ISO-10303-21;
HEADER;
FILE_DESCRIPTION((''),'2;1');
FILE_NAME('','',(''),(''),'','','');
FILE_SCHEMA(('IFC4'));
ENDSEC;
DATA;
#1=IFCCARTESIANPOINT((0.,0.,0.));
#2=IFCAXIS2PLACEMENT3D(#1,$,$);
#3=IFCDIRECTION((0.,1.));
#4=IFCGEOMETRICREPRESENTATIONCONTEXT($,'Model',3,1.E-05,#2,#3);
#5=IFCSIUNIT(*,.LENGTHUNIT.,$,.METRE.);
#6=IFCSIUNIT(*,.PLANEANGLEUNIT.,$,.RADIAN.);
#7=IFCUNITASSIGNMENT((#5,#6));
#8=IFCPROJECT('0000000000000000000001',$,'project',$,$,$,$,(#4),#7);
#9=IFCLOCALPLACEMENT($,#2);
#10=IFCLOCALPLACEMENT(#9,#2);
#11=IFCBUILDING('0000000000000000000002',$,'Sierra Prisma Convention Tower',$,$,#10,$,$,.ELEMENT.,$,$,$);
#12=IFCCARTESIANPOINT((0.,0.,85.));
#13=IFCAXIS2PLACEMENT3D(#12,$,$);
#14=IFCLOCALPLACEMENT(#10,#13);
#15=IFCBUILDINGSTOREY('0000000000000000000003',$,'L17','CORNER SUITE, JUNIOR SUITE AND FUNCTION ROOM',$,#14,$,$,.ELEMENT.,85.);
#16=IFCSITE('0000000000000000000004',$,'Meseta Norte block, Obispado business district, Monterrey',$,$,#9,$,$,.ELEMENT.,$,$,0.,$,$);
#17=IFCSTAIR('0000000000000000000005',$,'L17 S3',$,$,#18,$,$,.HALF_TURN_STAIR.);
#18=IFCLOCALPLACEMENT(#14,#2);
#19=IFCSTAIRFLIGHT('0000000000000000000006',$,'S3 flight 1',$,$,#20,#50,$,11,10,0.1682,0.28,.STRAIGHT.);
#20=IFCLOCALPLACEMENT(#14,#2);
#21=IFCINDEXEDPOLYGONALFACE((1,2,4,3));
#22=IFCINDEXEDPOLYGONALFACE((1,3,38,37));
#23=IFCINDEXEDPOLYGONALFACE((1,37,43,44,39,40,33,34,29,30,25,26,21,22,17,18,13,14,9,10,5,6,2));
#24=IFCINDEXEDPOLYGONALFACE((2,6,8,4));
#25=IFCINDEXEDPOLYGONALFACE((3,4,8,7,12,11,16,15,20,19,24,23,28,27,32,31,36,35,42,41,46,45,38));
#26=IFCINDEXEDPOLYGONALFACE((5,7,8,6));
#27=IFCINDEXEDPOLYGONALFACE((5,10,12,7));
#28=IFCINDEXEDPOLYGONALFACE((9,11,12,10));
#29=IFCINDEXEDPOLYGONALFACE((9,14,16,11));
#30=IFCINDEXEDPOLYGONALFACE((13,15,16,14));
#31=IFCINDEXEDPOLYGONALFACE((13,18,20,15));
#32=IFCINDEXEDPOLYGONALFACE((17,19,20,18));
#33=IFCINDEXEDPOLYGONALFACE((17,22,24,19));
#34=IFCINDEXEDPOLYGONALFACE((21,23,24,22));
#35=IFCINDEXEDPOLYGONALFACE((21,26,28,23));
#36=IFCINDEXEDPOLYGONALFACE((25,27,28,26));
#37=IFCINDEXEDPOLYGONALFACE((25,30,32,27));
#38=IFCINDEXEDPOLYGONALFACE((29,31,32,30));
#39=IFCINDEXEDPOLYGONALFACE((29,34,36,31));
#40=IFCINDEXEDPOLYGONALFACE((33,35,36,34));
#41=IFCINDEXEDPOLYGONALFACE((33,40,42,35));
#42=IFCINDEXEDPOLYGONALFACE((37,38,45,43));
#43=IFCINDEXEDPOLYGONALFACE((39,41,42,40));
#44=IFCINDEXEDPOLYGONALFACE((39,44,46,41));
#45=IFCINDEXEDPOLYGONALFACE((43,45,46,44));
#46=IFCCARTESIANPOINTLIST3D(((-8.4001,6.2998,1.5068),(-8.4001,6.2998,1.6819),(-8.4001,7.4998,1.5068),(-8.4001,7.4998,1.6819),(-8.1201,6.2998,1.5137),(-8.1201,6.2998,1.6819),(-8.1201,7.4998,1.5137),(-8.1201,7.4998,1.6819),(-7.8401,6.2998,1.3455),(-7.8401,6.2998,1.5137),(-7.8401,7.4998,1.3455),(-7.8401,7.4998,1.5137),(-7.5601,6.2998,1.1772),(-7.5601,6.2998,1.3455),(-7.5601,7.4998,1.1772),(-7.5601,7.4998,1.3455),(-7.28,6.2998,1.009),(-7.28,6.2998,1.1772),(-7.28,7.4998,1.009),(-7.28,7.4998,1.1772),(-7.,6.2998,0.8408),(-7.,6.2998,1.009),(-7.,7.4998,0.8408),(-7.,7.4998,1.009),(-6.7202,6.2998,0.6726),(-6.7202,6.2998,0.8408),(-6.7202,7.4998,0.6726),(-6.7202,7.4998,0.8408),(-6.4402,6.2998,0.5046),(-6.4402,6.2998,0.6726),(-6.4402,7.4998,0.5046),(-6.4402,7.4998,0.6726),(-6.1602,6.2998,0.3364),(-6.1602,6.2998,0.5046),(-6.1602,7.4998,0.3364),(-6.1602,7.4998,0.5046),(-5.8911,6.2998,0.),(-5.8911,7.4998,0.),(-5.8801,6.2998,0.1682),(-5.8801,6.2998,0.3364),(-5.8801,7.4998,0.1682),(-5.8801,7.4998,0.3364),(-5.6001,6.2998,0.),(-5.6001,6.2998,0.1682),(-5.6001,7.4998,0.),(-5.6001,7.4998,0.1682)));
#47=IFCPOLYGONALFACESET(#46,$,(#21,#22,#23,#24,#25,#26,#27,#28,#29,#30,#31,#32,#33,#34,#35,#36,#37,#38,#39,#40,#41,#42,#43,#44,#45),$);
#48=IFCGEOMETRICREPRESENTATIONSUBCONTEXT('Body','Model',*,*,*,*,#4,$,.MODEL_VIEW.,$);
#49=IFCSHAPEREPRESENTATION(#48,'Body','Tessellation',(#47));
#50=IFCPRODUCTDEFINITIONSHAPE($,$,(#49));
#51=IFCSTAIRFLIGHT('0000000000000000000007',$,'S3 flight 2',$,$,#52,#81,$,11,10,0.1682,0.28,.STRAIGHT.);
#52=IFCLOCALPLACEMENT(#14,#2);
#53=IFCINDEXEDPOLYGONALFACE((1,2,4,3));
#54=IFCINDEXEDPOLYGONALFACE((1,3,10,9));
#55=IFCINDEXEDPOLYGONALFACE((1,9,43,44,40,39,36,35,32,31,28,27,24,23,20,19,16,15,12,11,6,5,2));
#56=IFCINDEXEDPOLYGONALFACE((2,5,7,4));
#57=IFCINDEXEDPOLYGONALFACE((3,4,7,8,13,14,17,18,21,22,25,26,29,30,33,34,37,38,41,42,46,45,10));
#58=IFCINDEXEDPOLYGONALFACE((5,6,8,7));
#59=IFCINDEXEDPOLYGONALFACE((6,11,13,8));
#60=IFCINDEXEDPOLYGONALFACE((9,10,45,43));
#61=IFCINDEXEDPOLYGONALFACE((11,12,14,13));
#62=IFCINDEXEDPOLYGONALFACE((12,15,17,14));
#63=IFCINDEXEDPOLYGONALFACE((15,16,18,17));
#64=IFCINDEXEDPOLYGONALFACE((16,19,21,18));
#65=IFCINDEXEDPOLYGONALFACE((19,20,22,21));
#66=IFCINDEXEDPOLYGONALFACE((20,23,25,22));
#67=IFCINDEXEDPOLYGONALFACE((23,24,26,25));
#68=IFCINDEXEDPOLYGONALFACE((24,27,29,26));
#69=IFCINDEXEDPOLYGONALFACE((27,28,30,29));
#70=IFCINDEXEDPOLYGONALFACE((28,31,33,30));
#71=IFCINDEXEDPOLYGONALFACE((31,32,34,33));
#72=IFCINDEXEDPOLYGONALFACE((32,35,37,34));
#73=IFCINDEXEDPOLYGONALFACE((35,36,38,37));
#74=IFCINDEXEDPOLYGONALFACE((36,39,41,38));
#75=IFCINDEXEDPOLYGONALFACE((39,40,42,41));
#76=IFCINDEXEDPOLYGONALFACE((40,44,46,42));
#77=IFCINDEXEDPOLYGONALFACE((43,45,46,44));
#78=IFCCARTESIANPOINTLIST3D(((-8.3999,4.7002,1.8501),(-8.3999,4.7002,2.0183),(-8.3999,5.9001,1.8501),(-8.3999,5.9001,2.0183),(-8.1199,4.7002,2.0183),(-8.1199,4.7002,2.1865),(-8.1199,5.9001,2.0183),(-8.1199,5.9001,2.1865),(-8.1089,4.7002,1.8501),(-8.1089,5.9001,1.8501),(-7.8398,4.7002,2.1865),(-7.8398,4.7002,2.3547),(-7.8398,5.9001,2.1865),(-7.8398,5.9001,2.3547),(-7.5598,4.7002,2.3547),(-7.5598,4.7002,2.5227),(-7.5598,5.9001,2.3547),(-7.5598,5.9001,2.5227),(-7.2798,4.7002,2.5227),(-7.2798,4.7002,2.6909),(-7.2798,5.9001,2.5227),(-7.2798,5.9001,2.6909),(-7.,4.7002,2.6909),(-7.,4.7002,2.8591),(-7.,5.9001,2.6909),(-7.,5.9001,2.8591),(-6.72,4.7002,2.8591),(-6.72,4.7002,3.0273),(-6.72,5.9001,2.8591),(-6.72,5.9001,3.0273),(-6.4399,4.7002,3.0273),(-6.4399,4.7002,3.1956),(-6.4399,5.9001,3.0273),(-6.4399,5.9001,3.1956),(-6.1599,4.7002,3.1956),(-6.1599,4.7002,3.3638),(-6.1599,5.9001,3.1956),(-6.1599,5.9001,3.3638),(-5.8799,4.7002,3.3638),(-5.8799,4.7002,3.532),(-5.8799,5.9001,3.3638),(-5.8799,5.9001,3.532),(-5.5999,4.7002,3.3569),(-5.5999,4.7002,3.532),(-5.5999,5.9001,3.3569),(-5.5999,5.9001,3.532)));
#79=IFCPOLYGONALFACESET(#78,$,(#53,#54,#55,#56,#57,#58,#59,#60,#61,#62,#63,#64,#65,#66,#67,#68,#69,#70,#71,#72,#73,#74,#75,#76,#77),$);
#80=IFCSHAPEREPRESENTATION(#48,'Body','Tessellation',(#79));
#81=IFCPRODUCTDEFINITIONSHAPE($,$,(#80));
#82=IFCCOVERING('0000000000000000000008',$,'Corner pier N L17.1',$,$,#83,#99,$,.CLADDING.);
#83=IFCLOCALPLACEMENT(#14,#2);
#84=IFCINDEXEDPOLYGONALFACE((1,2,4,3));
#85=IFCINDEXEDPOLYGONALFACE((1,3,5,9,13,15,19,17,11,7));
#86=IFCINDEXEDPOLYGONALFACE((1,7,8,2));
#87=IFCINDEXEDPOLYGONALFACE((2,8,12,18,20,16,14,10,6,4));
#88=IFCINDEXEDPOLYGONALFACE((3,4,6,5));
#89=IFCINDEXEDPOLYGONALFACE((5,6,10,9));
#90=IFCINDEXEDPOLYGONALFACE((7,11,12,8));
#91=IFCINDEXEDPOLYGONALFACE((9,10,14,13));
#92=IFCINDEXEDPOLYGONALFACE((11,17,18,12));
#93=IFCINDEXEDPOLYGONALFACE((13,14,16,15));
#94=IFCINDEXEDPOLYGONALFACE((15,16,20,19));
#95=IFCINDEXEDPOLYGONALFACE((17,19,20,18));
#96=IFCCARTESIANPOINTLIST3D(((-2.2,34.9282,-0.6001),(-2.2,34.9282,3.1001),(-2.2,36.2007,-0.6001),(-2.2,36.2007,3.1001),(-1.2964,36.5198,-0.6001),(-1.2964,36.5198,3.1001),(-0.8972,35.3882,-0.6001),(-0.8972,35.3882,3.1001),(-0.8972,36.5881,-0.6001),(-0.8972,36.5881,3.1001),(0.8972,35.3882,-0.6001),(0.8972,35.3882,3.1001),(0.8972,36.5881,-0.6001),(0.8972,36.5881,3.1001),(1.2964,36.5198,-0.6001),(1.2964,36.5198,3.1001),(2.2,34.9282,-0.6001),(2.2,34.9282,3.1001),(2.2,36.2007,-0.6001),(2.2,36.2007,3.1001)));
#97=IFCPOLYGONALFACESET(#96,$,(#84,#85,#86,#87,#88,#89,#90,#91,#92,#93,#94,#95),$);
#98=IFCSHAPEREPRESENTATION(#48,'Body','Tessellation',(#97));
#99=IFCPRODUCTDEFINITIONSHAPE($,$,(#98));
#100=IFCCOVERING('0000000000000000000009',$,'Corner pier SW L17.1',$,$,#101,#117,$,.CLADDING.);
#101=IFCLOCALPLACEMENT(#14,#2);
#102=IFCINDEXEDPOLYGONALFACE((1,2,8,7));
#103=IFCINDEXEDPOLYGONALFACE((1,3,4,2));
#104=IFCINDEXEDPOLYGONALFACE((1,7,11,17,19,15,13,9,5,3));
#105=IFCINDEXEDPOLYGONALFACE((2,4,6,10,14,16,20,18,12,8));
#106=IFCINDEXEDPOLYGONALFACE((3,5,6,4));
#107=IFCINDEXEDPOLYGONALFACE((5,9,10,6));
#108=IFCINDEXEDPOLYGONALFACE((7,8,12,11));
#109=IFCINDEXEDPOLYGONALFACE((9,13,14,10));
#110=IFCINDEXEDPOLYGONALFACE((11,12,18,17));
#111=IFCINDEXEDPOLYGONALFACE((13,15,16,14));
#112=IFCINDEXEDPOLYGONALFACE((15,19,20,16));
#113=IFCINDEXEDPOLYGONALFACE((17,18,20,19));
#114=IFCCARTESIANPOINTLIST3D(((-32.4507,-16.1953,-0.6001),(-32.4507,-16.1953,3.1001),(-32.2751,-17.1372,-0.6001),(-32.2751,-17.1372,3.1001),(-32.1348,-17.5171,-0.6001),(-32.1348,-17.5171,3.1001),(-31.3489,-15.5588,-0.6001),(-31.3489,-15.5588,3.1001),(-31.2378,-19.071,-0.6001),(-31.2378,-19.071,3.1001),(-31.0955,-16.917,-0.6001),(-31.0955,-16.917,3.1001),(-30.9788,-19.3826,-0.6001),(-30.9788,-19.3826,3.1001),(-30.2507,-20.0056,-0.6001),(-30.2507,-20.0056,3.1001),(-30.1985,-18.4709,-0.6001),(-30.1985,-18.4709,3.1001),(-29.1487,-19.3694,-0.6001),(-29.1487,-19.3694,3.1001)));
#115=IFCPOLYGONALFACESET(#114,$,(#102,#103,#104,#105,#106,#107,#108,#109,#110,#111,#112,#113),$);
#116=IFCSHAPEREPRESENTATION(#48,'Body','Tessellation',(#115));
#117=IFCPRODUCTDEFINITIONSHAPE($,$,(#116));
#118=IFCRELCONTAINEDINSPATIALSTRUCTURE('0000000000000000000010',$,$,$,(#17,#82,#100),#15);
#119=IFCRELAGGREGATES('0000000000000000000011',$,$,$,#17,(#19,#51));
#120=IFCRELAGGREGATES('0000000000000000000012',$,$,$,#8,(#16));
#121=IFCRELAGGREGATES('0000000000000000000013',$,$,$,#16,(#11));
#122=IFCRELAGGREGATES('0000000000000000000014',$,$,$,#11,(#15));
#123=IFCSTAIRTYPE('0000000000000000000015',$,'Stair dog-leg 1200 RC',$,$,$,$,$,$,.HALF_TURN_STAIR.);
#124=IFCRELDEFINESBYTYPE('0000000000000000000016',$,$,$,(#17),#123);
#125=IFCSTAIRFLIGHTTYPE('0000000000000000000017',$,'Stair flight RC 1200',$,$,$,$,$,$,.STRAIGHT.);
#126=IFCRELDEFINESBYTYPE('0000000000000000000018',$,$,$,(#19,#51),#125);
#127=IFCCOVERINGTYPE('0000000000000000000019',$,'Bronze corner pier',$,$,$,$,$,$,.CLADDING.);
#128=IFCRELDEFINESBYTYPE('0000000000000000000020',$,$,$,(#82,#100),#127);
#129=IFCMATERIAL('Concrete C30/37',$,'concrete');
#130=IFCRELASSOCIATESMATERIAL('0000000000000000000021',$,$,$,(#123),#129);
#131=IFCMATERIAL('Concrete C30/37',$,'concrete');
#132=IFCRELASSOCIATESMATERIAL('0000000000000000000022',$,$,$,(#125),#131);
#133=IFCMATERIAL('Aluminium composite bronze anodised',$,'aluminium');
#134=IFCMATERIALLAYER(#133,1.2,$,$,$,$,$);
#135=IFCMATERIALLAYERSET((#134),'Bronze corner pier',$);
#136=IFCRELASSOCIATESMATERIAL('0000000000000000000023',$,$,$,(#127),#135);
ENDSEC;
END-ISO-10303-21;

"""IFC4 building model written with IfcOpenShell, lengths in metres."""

from ifc_helpers import new_model, si_unit, direction, frame, origin, place, context, subcontext, project, spatial, polyline, outline, extrude, material, layer, layer_set, type_object, element, aggregate, save


model = new_model("IFC4")

# Units and contexts
model_context = context("Model", 3, precision=1e-05, world=origin(), true_north=direction((0.0, 1.0)))
body_context = subcontext(model_context, "Body", "Model", "MODEL_VIEW")
ifc_project = project(units=[si_unit("LENGTHUNIT", "METRE"), si_unit("PLANEANGLEUNIT", "RADIAN")], contexts=[model_context])

# Site, building, storey
site_placement = place(None, origin())
site = spatial("IfcSite", under=ifc_project, at=site_placement, Name="Meseta Norte block, Obispado business district, Monterrey", CompositionType="ELEMENT", RefElevation=0.0)
building_placement = place(site_placement, origin())
building = spatial("IfcBuilding", under=site, at=building_placement, Name="Sierra Prisma Convention Tower", CompositionType="ELEMENT")
storey_placement = place(building_placement, frame((0.0, 0.0, 85.0)))
storey = spatial("IfcBuildingStorey", under=building, at=storey_placement, Name="L17", Description="CORNER SUITE, JUNIOR SUITE AND FUNCTION ROOM", CompositionType="ELEMENT", Elevation=85.0)

# Shared definitions
ifc_material_1 = material(Name="Concrete C30/37", Category="concrete")
stair_type = type_object("IfcStairType", Name="Stair dog-leg 1200 RC", PredefinedType="HALF_TURN_STAIR", material=ifc_material_1)

# Stair, stair flights
stair_1_placement = place(storey_placement, origin())
stair_1 = element("IfcStair", 1, at=stair_1_placement, inside=storey, type_object=stair_type, Name="L17 S3", PredefinedType="HALF_TURN_STAIR")
ifc_material_2 = material(Name="Concrete C30/37", Category="concrete")
stair_flight_type = type_object("IfcStairFlightType", Name="Stair flight RC 1200", PredefinedType="STRAIGHT", material=ifc_material_2)
stair_flight_1_placement = place(storey_placement, frame((-5.6001, 6.8999, 0.0), z_axis=(0.0, 0.0, 1.0), x_axis=(-1.0, 0.0, 0.0)))
stair_flight_1 = element("IfcStairFlight", 2, at=stair_flight_1_placement, type_object=stair_flight_type, Name="S3 flight 1", NumberOfRisers=11, NumberOfTreads=10, PredefinedType="STRAIGHT", RiserHeight=0.1682, TreadLength=0.28, context=body_context, shape_type="SweptSolid", body=[
    extrude(outline(polyline([(0.0, 0.0), (0.0, 0.1682), (0.28, 0.1682), (0.28, 0.3364), (0.5601, 0.3364), (0.5601, 0.5046), (0.8401, 0.5046), (0.8401, 0.6726), (1.1201, 0.6726), (1.1201, 0.8408), (1.3999, 0.8408), (1.3999, 1.009), (1.6799, 1.009), (1.6799, 1.1772), (1.96, 1.1772), (1.96, 1.3455), (2.24, 1.3455), (2.24, 1.5137), (2.52, 1.5137), (2.52, 1.6819), (2.8, 1.6819), (2.8, 1.8501), (2.8, 1.5068), (0.291, 0.0), (0.0, 0.0)])), frame((0.0, 0.6001, 0.0), z_axis=(0.0, -1.0, 0.0), x_axis=(1.0, 0.0, 0.0)), (0.0, 0.0, 1.0), 1.2),
])
stair_flight_2_placement = place(storey_placement, frame((-8.3999, 5.3, 1.8501), z_axis=(0.0, 0.0, 1.0), x_axis=(1.0, 0.0, 0.0)))
stair_flight_2 = element("IfcStairFlight", 3, at=stair_flight_2_placement, type_object=stair_flight_type, Name="S3 flight 2", NumberOfRisers=11, NumberOfTreads=10, PredefinedType="STRAIGHT", RiserHeight=0.1682, TreadLength=0.28, context=body_context, shape_type="SweptSolid", body=[
    extrude(outline(polyline([(0.0, 0.0), (0.0, 0.1682), (0.28, 0.1682), (0.28, 0.3364), (0.5601, 0.3364), (0.5601, 0.5046), (0.8401, 0.5046), (0.8401, 0.6726), (1.1201, 0.6726), (1.1201, 0.8408), (1.3999, 0.8408), (1.3999, 1.009), (1.6799, 1.009), (1.6799, 1.1772), (1.96, 1.1772), (1.96, 1.3455), (2.24, 1.3455), (2.24, 1.5137), (2.52, 1.5137), (2.52, 1.6819), (2.8, 1.6819), (2.8, 1.8501), (2.8, 1.5068), (0.291, 0.0), (0.0, 0.0)])), frame((0.0, 0.6001, 0.0), z_axis=(0.0, -1.0, 0.0), x_axis=(1.0, 0.0, 0.0)), (0.0, 0.0, 1.0), 1.2),
])
aggregate(stair_1, [stair_flight_1, stair_flight_2])

# Coverings
ifc_material_3 = material(Name="Aluminium composite bronze anodised", Category="aluminium")
ifc_layer_1 = layer(ifc_material_3, 1.2)
ifc_layer_set_1 = layer_set([ifc_layer_1], Name="Bronze corner pier")
covering_type = type_object("IfcCoveringType", Name="Bronze corner pier", PredefinedType="CLADDING", material=ifc_layer_set_1)
covering_1_placement = place(storey_placement, frame((0.0, 0.0, -0.6001)))
element("IfcCovering", 4, at=covering_1_placement, inside=storey, type_object=covering_type, Name="Corner pier N L17.1", PredefinedType="CLADDING", context=body_context, shape_type="SweptSolid", body=[
    extrude(outline(polyline([(-0.8972, 36.5881), (0.8972, 36.5881), (1.2964, 36.5198), (2.2, 36.2007), (2.2, 34.9282), (0.8972, 35.3882), (-0.8972, 35.3882), (-2.2, 34.9282), (-2.2, 36.2007), (-1.2964, 36.5198), (-0.8972, 36.5881)])), origin(), (0.0, 0.0, 1.0), 3.7002),
])
covering_2_placement = place(storey_placement, frame((0.0, 0.0, -0.6001)))
element("IfcCovering", 5, at=covering_2_placement, inside=storey, type_object=covering_type, Name="Corner pier SW L17.1", PredefinedType="CLADDING", context=body_context, shape_type="SweptSolid", body=[
    extrude(outline(polyline([(-31.2378, -19.071), (-32.1348, -17.5171), (-32.2751, -17.1372), (-32.4507, -16.1953), (-31.3489, -15.5588), (-31.0955, -16.917), (-30.1985, -18.4709), (-29.1487, -19.3694), (-30.2507, -20.0056), (-30.9788, -19.3826), (-31.2378, -19.071)])), origin(), (0.0, 0.0, 1.0), 3.7002),
])

save(model, "model.ifc")
